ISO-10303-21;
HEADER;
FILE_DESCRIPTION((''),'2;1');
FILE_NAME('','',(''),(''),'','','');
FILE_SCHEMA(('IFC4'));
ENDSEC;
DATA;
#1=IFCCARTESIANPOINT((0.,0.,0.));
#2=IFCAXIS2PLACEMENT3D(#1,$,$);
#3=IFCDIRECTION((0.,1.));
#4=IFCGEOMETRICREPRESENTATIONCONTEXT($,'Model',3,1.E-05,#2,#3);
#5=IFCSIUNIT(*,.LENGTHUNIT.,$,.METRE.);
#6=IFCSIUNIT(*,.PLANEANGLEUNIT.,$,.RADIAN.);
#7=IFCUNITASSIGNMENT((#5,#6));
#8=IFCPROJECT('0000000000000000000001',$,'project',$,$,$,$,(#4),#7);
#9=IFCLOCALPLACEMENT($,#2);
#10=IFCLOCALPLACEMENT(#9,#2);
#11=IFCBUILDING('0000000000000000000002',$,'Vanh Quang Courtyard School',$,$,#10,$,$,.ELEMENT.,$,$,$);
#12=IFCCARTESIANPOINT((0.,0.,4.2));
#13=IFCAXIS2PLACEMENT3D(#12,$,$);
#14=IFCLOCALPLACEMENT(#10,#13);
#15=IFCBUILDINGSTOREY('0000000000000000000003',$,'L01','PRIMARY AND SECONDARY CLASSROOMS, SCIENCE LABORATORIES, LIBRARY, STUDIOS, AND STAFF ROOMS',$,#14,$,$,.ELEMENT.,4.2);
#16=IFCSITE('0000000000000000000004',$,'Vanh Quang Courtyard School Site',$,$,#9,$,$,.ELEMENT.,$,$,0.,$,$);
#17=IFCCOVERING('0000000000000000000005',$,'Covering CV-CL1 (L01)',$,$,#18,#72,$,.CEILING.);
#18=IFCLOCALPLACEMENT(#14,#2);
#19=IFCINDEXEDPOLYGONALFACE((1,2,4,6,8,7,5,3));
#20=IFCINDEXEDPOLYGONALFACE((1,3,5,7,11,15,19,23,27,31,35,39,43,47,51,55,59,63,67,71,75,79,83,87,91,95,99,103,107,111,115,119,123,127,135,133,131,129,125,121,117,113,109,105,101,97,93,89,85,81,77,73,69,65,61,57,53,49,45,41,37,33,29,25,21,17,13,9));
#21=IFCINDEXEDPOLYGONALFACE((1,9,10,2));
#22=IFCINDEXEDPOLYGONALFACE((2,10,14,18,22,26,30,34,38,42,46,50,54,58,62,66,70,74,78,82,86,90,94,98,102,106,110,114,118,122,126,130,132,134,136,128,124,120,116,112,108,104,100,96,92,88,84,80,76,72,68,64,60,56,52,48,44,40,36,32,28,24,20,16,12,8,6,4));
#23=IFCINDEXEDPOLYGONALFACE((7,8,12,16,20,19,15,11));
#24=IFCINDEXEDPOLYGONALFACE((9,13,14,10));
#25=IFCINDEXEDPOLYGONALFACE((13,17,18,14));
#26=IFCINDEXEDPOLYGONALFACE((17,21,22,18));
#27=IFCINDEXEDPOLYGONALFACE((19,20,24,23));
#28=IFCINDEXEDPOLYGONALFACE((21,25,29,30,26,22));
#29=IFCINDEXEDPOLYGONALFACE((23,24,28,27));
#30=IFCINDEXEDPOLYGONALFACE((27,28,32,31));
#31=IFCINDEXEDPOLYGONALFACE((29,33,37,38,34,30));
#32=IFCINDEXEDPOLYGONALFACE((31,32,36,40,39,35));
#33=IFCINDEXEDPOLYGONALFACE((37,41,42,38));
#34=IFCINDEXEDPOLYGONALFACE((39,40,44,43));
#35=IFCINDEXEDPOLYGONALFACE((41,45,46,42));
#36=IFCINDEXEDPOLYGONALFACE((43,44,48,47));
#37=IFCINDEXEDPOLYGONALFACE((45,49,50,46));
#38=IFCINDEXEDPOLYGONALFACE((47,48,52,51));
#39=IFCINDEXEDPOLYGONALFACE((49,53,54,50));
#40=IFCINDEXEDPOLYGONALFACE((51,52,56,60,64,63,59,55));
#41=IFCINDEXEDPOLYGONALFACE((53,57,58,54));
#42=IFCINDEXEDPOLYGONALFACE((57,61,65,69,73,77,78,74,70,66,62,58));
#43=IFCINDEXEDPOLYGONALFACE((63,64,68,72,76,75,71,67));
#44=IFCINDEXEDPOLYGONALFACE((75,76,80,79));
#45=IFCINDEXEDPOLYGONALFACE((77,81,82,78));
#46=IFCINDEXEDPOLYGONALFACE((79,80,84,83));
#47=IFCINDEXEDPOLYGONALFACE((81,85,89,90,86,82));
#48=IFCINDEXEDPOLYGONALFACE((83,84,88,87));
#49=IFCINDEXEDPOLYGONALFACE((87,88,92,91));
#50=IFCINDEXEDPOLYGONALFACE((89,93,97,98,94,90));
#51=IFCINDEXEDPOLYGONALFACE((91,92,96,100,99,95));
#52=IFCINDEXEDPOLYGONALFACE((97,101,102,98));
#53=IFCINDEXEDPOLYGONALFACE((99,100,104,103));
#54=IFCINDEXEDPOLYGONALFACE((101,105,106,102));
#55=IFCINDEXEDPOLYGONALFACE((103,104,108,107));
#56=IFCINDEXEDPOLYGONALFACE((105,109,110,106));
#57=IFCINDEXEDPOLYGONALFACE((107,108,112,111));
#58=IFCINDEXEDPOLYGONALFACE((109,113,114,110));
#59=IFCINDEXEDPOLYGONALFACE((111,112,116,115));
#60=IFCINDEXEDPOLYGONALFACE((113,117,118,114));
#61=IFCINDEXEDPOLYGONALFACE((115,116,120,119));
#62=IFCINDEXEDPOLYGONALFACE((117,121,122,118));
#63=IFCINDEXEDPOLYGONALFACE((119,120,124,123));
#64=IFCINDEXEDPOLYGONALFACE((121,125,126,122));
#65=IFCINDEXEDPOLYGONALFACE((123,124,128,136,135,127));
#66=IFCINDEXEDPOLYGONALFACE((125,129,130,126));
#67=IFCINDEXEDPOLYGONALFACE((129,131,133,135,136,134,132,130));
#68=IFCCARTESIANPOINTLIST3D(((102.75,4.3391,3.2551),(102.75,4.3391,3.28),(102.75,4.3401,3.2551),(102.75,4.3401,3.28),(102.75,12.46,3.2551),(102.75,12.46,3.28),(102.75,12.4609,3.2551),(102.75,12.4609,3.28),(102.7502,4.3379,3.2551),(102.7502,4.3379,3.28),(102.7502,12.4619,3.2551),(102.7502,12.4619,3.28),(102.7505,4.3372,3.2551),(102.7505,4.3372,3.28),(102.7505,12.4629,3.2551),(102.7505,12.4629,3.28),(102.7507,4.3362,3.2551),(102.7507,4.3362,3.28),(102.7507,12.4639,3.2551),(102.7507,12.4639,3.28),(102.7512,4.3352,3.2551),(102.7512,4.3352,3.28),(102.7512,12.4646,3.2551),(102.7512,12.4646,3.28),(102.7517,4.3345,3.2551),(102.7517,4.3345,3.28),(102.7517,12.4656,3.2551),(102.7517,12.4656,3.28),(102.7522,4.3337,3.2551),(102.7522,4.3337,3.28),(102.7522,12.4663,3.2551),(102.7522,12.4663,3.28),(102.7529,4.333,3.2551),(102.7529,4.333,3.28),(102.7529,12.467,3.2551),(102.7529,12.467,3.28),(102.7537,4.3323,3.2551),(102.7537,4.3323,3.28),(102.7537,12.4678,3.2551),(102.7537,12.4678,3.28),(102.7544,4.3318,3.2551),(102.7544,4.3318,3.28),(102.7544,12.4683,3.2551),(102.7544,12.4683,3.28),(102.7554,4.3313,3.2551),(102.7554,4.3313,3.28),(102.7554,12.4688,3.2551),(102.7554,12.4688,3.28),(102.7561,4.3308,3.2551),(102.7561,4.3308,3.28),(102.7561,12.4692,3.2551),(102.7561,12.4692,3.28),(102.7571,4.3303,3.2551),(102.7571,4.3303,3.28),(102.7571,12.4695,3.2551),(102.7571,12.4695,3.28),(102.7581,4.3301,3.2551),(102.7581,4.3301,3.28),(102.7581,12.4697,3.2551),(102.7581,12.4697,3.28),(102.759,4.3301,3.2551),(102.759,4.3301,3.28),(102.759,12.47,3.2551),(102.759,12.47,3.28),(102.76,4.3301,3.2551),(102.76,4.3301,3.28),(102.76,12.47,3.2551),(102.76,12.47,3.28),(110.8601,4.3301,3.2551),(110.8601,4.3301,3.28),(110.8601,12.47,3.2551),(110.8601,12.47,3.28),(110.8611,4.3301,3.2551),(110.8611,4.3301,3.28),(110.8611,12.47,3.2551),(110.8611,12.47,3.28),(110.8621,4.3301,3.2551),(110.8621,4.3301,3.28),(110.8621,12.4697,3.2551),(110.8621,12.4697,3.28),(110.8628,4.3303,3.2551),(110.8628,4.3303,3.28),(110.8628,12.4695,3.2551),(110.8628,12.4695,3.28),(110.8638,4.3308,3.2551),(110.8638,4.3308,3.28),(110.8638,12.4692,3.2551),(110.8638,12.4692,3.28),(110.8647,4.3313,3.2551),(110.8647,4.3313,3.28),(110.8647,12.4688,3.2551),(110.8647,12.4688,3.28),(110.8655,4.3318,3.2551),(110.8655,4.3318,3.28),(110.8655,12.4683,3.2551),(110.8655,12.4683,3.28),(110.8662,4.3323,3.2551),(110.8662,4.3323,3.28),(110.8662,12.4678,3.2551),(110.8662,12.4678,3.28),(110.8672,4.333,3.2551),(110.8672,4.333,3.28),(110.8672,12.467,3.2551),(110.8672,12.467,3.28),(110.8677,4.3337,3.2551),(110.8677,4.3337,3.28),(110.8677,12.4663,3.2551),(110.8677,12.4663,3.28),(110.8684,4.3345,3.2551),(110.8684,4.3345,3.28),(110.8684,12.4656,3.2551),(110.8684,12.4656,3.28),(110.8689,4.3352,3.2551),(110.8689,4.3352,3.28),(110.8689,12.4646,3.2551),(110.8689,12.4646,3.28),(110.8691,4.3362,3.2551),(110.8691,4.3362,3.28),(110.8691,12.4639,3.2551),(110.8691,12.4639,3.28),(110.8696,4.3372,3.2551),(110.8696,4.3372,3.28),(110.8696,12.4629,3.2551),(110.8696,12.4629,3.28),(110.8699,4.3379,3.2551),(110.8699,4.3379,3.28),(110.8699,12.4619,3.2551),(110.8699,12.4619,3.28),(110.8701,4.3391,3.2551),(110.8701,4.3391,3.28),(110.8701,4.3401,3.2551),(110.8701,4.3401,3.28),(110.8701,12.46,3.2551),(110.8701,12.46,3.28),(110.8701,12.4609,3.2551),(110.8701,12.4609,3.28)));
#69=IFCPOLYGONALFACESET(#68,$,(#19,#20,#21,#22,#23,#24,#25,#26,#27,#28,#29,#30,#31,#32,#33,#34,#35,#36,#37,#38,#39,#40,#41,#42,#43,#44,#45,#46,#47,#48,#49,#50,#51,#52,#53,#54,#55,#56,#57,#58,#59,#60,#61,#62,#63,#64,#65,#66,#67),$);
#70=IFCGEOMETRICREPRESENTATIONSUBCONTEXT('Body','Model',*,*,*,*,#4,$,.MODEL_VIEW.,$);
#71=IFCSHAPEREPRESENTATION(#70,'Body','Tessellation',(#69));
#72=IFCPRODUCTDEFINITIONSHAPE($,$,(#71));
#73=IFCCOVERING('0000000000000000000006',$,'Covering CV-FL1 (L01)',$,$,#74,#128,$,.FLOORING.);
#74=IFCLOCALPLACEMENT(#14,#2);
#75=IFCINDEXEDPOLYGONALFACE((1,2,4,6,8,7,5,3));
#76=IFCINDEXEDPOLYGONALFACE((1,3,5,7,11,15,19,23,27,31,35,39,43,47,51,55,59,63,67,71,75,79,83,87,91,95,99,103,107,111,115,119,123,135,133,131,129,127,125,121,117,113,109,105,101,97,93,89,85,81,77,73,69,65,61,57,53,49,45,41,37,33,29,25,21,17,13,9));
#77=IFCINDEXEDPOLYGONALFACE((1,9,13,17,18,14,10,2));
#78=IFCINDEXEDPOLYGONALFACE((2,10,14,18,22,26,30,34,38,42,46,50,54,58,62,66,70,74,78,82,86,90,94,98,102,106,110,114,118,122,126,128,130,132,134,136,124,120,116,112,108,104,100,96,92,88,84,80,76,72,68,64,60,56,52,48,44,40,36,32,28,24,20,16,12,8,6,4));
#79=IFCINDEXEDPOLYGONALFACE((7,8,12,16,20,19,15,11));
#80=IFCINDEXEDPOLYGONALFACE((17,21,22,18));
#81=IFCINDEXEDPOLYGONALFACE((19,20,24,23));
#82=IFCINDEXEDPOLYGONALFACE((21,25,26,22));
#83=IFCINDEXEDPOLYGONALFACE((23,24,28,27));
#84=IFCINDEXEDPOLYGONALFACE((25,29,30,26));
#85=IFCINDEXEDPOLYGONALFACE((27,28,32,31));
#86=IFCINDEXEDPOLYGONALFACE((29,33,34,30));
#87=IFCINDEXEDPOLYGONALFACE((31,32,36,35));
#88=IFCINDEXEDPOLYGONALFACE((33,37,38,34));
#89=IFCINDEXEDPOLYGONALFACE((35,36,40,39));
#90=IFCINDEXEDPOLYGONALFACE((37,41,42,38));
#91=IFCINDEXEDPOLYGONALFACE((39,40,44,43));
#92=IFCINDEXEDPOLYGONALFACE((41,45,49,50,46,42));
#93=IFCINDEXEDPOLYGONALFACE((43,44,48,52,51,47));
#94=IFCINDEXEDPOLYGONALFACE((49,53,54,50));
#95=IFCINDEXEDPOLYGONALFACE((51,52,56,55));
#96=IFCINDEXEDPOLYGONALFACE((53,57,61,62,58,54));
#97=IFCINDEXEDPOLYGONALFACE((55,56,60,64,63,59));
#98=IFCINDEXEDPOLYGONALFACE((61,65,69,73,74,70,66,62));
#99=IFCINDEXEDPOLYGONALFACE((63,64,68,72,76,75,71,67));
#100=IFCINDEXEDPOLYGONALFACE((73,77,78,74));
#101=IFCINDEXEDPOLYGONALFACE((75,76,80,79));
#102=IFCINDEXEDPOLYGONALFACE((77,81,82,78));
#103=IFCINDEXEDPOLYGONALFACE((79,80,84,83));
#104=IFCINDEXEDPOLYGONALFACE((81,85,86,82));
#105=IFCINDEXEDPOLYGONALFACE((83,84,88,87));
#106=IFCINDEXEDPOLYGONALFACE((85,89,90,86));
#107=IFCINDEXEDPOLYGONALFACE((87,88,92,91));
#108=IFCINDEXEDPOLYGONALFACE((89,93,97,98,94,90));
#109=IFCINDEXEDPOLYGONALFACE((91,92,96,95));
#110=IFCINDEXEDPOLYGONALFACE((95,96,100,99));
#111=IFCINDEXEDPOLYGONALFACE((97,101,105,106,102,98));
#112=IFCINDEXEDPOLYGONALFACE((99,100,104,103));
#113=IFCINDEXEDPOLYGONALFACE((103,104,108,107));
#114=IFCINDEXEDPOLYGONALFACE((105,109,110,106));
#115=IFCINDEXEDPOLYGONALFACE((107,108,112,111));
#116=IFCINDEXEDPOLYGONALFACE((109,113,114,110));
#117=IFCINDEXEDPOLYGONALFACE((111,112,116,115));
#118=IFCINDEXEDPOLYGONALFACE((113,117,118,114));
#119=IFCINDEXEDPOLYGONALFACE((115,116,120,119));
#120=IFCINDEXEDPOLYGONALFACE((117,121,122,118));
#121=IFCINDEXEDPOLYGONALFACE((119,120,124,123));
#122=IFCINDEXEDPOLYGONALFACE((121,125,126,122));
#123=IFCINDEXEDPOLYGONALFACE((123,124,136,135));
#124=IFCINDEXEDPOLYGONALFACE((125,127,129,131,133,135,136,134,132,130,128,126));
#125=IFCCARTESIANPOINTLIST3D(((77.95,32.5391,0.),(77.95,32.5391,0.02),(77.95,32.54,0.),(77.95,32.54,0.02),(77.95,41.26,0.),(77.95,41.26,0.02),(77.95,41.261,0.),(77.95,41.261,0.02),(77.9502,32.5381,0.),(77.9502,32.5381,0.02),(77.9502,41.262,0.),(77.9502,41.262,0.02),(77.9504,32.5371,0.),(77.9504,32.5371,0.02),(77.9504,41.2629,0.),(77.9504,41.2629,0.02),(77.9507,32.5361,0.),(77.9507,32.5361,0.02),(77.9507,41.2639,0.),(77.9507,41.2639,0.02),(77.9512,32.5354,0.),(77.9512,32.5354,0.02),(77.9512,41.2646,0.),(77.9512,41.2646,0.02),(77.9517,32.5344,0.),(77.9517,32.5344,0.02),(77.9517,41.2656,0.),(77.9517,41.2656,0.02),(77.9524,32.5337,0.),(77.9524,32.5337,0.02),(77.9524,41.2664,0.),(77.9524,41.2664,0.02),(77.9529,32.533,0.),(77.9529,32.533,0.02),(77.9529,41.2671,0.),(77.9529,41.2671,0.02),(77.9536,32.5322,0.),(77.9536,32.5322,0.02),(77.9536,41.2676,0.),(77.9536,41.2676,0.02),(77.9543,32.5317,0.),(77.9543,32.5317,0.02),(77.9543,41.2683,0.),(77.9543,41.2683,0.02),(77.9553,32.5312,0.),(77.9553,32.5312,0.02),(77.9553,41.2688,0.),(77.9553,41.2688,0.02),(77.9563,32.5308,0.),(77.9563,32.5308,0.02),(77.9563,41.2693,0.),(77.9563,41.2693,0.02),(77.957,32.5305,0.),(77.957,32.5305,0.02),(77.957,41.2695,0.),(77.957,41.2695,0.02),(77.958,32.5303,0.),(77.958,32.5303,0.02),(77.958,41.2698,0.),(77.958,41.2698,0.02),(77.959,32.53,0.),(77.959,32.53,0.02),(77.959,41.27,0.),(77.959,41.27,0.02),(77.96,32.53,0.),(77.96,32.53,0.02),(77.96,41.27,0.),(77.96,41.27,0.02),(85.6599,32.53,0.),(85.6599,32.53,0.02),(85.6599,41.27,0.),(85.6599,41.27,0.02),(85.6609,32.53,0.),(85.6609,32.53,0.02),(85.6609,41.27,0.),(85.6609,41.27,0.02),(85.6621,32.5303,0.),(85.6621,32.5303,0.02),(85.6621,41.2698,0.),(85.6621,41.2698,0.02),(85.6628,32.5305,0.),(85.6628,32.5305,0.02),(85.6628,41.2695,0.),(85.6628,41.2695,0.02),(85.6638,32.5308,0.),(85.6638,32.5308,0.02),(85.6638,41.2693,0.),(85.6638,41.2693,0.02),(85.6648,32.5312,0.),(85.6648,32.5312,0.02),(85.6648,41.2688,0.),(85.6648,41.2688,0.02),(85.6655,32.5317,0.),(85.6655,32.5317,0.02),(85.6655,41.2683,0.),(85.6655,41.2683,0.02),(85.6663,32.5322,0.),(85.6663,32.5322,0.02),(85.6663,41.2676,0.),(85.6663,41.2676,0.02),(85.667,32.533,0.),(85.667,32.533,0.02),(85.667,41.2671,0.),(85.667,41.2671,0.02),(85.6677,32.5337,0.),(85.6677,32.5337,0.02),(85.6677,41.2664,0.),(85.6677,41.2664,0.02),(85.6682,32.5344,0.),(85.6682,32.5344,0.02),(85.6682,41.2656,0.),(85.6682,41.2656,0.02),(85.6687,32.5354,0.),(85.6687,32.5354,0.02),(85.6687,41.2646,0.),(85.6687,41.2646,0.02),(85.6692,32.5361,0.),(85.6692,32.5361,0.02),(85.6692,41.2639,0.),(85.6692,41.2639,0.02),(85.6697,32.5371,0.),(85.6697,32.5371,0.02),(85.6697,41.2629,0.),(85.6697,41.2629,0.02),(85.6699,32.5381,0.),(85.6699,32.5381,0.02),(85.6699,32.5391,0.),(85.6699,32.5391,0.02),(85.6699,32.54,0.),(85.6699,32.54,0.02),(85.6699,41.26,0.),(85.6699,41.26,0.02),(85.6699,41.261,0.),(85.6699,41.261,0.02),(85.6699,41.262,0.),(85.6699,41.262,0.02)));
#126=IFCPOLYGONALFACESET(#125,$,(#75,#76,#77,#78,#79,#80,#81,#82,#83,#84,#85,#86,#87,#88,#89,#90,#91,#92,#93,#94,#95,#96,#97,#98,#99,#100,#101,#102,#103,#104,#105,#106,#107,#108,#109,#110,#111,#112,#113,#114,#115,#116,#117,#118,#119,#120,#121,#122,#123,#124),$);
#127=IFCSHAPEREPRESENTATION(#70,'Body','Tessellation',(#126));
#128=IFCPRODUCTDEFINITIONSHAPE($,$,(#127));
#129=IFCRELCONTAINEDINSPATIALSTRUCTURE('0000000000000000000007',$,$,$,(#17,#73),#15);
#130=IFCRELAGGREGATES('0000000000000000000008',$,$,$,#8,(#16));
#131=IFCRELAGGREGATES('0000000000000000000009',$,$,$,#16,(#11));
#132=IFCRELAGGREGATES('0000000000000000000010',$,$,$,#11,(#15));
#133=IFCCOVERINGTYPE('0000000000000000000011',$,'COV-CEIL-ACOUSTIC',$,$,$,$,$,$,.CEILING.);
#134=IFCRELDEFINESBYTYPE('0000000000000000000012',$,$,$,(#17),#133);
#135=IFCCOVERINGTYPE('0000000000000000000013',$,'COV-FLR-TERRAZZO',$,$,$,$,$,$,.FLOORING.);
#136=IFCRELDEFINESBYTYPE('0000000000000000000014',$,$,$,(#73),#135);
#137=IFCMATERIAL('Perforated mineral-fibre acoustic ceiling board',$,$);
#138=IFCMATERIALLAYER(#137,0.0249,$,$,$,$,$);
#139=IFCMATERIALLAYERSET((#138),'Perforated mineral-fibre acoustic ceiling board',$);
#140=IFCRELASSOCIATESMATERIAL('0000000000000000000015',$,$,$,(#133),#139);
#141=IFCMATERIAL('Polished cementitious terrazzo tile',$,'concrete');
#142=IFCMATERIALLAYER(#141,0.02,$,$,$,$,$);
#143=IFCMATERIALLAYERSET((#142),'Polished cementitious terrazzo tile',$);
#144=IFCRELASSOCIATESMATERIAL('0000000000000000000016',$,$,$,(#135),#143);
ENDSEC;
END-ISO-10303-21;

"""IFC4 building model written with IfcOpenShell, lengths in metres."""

from ifc_helpers import new_model, si_unit, direction, frame, origin, place, context, subcontext, project, spatial, polyline, outline, extrude, material, layer, layer_set, type_object, element, save


model = new_model("IFC4")

# Units and contexts
model_context = context("Model", 3, precision=1e-05, world=origin(), true_north=direction((0.0, 1.0)))
body_context = subcontext(model_context, "Body", "Model", "MODEL_VIEW")
ifc_project = project(units=[si_unit("LENGTHUNIT", "METRE"), si_unit("PLANEANGLEUNIT", "RADIAN")], contexts=[model_context])

# Site, building, storey
site_placement = place(None, origin())
site = spatial("IfcSite", under=ifc_project, at=site_placement, Name="Vanh Quang Courtyard School Site", CompositionType="ELEMENT", RefElevation=0.0)
building_placement = place(site_placement, origin())
building = spatial("IfcBuilding", under=site, at=building_placement, Name="Vanh Quang Courtyard School", CompositionType="ELEMENT")
storey_placement = place(building_placement, frame((0.0, 0.0, 4.2)))
storey = spatial("IfcBuildingStorey", under=building, at=storey_placement, Name="L01", Description="PRIMARY AND SECONDARY CLASSROOMS, SCIENCE LABORATORIES, LIBRARY, STUDIOS, AND STAFF ROOMS", CompositionType="ELEMENT", Elevation=4.2)

# Coverings
ifc_material_1 = material(Name="Perforated mineral-fibre acoustic ceiling board")
ifc_layer_1 = layer(ifc_material_1, 0.0249)
ifc_layer_set_1 = layer_set([ifc_layer_1], Name="Perforated mineral-fibre acoustic ceiling board")
covering_type_1 = type_object("IfcCoveringType", Name="COV-CEIL-ACOUSTIC", PredefinedType="CEILING", material=ifc_layer_set_1)
covering_1_placement = place(storey_placement, frame((0.0, 0.0, 3.2551)))
element("IfcCovering", 1, at=covering_1_placement, inside=storey, type_object=covering_type_1, Name="Covering CV-CL1 (L01)", PredefinedType="CEILING", context=body_context, shape_type="SweptSolid", body=[
    extrude(outline(polyline([(102.76, 4.3301), (102.759, 4.3301), (102.7581, 4.3301), (102.7571, 4.3303), (102.7561, 4.3308), (102.7554, 4.3313), (102.7544, 4.3318), (102.7537, 4.3323), (102.7529, 4.333), (102.7522, 4.3337), (102.7517, 4.3345), (102.7512, 4.3352), (102.7507, 4.3362), (102.7505, 4.3372), (102.7502, 4.3379), (102.75, 4.3391), (102.75, 4.3401), (102.75, 12.46), (102.75, 12.4609), (102.7502, 12.4619), (102.7505, 12.4629), (102.7507, 12.4639), (102.7512, 12.4646), (102.7517, 12.4656), (102.7522, 12.4663), (102.7529, 12.467), (102.7537, 12.4678), (102.7544, 12.4683), (102.7554, 12.4688), (102.7561, 12.4692), (102.7571, 12.4695), (102.7581, 12.4697), (102.759, 12.47), (102.76, 12.47), (110.8601, 12.47), (110.8611, 12.47), (110.8621, 12.4697), (110.8628, 12.4695), (110.8638, 12.4692), (110.8647, 12.4688), (110.8655, 12.4683), (110.8662, 12.4678), (110.8672, 12.467), (110.8677, 12.4663), (110.8684, 12.4656), (110.8689, 12.4646), (110.8691, 12.4639), (110.8696, 12.4629), (110.8699, 12.4619), (110.8701, 12.4609), (110.8701, 12.46), (110.8701, 4.3401), (110.8701, 4.3391), (110.8699, 4.3379), (110.8696, 4.3372), (110.8691, 4.3362), (110.8689, 4.3352), (110.8684, 4.3345), (110.8677, 4.3337), (110.8672, 4.333), (110.8662, 4.3323), (110.8655, 4.3318), (110.8647, 4.3313), (110.8638, 4.3308), (110.8628, 4.3303), (110.8621, 4.3301), (110.8611, 4.3301), (110.8601, 4.3301), (102.76, 4.3301)])), origin(), (0.0, 0.0, 1.0), 0.0249),
])
ifc_material_2 = material(Name="Polished cementitious terrazzo tile", Category="concrete")
ifc_layer_2 = layer(ifc_material_2, 0.02)
ifc_layer_set_2 = layer_set([ifc_layer_2], Name="Polished cementitious terrazzo tile")
covering_type_2 = type_object("IfcCoveringType", Name="COV-FLR-TERRAZZO", PredefinedType="FLOORING", material=ifc_layer_set_2)
covering_2_placement = place(storey_placement, origin())
element("IfcCovering", 2, at=covering_2_placement, inside=storey, type_object=covering_type_2, Name="Covering CV-FL1 (L01)", PredefinedType="FLOORING", context=body_context, shape_type="SweptSolid", body=[
    extrude(outline(polyline([(85.6599, 41.27), (85.6609, 41.27), (85.6621, 41.2698), (85.6628, 41.2695), (85.6638, 41.2693), (85.6648, 41.2688), (85.6655, 41.2683), (85.6663, 41.2676), (85.667, 41.2671), (85.6677, 41.2664), (85.6682, 41.2656), (85.6687, 41.2646), (85.6692, 41.2639), (85.6697, 41.2629), (85.6699, 41.262), (85.6699, 41.261), (85.6699, 41.26), (85.6699, 32.54), (85.6699, 32.5391), (85.6699, 32.5381), (85.6697, 32.5371), (85.6692, 32.5361), (85.6687, 32.5354), (85.6682, 32.5344), (85.6677, 32.5337), (85.667, 32.533), (85.6663, 32.5322), (85.6655, 32.5317), (85.6648, 32.5312), (85.6638, 32.5308), (85.6628, 32.5305), (85.6621, 32.5303), (85.6609, 32.53), (85.6599, 32.53), (77.96, 32.53), (77.959, 32.53), (77.958, 32.5303), (77.957, 32.5305), (77.9563, 32.5308), (77.9553, 32.5312), (77.9543, 32.5317), (77.9536, 32.5322), (77.9529, 32.533), (77.9524, 32.5337), (77.9517, 32.5344), (77.9512, 32.5354), (77.9507, 32.5361), (77.9504, 32.5371), (77.9502, 32.5381), (77.95, 32.5391), (77.95, 32.54), (77.95, 41.26), (77.95, 41.261), (77.9502, 41.262), (77.9504, 41.2629), (77.9507, 41.2639), (77.9512, 41.2646), (77.9517, 41.2656), (77.9524, 41.2664), (77.9529, 41.2671), (77.9536, 41.2676), (77.9543, 41.2683), (77.9553, 41.2688), (77.9563, 41.2693), (77.957, 41.2695), (77.958, 41.2698), (77.959, 41.27), (77.96, 41.27), (85.6599, 41.27)])), origin(), (0.0, 0.0, 1.0), 0.02),
])

save(model, "model.ifc")
